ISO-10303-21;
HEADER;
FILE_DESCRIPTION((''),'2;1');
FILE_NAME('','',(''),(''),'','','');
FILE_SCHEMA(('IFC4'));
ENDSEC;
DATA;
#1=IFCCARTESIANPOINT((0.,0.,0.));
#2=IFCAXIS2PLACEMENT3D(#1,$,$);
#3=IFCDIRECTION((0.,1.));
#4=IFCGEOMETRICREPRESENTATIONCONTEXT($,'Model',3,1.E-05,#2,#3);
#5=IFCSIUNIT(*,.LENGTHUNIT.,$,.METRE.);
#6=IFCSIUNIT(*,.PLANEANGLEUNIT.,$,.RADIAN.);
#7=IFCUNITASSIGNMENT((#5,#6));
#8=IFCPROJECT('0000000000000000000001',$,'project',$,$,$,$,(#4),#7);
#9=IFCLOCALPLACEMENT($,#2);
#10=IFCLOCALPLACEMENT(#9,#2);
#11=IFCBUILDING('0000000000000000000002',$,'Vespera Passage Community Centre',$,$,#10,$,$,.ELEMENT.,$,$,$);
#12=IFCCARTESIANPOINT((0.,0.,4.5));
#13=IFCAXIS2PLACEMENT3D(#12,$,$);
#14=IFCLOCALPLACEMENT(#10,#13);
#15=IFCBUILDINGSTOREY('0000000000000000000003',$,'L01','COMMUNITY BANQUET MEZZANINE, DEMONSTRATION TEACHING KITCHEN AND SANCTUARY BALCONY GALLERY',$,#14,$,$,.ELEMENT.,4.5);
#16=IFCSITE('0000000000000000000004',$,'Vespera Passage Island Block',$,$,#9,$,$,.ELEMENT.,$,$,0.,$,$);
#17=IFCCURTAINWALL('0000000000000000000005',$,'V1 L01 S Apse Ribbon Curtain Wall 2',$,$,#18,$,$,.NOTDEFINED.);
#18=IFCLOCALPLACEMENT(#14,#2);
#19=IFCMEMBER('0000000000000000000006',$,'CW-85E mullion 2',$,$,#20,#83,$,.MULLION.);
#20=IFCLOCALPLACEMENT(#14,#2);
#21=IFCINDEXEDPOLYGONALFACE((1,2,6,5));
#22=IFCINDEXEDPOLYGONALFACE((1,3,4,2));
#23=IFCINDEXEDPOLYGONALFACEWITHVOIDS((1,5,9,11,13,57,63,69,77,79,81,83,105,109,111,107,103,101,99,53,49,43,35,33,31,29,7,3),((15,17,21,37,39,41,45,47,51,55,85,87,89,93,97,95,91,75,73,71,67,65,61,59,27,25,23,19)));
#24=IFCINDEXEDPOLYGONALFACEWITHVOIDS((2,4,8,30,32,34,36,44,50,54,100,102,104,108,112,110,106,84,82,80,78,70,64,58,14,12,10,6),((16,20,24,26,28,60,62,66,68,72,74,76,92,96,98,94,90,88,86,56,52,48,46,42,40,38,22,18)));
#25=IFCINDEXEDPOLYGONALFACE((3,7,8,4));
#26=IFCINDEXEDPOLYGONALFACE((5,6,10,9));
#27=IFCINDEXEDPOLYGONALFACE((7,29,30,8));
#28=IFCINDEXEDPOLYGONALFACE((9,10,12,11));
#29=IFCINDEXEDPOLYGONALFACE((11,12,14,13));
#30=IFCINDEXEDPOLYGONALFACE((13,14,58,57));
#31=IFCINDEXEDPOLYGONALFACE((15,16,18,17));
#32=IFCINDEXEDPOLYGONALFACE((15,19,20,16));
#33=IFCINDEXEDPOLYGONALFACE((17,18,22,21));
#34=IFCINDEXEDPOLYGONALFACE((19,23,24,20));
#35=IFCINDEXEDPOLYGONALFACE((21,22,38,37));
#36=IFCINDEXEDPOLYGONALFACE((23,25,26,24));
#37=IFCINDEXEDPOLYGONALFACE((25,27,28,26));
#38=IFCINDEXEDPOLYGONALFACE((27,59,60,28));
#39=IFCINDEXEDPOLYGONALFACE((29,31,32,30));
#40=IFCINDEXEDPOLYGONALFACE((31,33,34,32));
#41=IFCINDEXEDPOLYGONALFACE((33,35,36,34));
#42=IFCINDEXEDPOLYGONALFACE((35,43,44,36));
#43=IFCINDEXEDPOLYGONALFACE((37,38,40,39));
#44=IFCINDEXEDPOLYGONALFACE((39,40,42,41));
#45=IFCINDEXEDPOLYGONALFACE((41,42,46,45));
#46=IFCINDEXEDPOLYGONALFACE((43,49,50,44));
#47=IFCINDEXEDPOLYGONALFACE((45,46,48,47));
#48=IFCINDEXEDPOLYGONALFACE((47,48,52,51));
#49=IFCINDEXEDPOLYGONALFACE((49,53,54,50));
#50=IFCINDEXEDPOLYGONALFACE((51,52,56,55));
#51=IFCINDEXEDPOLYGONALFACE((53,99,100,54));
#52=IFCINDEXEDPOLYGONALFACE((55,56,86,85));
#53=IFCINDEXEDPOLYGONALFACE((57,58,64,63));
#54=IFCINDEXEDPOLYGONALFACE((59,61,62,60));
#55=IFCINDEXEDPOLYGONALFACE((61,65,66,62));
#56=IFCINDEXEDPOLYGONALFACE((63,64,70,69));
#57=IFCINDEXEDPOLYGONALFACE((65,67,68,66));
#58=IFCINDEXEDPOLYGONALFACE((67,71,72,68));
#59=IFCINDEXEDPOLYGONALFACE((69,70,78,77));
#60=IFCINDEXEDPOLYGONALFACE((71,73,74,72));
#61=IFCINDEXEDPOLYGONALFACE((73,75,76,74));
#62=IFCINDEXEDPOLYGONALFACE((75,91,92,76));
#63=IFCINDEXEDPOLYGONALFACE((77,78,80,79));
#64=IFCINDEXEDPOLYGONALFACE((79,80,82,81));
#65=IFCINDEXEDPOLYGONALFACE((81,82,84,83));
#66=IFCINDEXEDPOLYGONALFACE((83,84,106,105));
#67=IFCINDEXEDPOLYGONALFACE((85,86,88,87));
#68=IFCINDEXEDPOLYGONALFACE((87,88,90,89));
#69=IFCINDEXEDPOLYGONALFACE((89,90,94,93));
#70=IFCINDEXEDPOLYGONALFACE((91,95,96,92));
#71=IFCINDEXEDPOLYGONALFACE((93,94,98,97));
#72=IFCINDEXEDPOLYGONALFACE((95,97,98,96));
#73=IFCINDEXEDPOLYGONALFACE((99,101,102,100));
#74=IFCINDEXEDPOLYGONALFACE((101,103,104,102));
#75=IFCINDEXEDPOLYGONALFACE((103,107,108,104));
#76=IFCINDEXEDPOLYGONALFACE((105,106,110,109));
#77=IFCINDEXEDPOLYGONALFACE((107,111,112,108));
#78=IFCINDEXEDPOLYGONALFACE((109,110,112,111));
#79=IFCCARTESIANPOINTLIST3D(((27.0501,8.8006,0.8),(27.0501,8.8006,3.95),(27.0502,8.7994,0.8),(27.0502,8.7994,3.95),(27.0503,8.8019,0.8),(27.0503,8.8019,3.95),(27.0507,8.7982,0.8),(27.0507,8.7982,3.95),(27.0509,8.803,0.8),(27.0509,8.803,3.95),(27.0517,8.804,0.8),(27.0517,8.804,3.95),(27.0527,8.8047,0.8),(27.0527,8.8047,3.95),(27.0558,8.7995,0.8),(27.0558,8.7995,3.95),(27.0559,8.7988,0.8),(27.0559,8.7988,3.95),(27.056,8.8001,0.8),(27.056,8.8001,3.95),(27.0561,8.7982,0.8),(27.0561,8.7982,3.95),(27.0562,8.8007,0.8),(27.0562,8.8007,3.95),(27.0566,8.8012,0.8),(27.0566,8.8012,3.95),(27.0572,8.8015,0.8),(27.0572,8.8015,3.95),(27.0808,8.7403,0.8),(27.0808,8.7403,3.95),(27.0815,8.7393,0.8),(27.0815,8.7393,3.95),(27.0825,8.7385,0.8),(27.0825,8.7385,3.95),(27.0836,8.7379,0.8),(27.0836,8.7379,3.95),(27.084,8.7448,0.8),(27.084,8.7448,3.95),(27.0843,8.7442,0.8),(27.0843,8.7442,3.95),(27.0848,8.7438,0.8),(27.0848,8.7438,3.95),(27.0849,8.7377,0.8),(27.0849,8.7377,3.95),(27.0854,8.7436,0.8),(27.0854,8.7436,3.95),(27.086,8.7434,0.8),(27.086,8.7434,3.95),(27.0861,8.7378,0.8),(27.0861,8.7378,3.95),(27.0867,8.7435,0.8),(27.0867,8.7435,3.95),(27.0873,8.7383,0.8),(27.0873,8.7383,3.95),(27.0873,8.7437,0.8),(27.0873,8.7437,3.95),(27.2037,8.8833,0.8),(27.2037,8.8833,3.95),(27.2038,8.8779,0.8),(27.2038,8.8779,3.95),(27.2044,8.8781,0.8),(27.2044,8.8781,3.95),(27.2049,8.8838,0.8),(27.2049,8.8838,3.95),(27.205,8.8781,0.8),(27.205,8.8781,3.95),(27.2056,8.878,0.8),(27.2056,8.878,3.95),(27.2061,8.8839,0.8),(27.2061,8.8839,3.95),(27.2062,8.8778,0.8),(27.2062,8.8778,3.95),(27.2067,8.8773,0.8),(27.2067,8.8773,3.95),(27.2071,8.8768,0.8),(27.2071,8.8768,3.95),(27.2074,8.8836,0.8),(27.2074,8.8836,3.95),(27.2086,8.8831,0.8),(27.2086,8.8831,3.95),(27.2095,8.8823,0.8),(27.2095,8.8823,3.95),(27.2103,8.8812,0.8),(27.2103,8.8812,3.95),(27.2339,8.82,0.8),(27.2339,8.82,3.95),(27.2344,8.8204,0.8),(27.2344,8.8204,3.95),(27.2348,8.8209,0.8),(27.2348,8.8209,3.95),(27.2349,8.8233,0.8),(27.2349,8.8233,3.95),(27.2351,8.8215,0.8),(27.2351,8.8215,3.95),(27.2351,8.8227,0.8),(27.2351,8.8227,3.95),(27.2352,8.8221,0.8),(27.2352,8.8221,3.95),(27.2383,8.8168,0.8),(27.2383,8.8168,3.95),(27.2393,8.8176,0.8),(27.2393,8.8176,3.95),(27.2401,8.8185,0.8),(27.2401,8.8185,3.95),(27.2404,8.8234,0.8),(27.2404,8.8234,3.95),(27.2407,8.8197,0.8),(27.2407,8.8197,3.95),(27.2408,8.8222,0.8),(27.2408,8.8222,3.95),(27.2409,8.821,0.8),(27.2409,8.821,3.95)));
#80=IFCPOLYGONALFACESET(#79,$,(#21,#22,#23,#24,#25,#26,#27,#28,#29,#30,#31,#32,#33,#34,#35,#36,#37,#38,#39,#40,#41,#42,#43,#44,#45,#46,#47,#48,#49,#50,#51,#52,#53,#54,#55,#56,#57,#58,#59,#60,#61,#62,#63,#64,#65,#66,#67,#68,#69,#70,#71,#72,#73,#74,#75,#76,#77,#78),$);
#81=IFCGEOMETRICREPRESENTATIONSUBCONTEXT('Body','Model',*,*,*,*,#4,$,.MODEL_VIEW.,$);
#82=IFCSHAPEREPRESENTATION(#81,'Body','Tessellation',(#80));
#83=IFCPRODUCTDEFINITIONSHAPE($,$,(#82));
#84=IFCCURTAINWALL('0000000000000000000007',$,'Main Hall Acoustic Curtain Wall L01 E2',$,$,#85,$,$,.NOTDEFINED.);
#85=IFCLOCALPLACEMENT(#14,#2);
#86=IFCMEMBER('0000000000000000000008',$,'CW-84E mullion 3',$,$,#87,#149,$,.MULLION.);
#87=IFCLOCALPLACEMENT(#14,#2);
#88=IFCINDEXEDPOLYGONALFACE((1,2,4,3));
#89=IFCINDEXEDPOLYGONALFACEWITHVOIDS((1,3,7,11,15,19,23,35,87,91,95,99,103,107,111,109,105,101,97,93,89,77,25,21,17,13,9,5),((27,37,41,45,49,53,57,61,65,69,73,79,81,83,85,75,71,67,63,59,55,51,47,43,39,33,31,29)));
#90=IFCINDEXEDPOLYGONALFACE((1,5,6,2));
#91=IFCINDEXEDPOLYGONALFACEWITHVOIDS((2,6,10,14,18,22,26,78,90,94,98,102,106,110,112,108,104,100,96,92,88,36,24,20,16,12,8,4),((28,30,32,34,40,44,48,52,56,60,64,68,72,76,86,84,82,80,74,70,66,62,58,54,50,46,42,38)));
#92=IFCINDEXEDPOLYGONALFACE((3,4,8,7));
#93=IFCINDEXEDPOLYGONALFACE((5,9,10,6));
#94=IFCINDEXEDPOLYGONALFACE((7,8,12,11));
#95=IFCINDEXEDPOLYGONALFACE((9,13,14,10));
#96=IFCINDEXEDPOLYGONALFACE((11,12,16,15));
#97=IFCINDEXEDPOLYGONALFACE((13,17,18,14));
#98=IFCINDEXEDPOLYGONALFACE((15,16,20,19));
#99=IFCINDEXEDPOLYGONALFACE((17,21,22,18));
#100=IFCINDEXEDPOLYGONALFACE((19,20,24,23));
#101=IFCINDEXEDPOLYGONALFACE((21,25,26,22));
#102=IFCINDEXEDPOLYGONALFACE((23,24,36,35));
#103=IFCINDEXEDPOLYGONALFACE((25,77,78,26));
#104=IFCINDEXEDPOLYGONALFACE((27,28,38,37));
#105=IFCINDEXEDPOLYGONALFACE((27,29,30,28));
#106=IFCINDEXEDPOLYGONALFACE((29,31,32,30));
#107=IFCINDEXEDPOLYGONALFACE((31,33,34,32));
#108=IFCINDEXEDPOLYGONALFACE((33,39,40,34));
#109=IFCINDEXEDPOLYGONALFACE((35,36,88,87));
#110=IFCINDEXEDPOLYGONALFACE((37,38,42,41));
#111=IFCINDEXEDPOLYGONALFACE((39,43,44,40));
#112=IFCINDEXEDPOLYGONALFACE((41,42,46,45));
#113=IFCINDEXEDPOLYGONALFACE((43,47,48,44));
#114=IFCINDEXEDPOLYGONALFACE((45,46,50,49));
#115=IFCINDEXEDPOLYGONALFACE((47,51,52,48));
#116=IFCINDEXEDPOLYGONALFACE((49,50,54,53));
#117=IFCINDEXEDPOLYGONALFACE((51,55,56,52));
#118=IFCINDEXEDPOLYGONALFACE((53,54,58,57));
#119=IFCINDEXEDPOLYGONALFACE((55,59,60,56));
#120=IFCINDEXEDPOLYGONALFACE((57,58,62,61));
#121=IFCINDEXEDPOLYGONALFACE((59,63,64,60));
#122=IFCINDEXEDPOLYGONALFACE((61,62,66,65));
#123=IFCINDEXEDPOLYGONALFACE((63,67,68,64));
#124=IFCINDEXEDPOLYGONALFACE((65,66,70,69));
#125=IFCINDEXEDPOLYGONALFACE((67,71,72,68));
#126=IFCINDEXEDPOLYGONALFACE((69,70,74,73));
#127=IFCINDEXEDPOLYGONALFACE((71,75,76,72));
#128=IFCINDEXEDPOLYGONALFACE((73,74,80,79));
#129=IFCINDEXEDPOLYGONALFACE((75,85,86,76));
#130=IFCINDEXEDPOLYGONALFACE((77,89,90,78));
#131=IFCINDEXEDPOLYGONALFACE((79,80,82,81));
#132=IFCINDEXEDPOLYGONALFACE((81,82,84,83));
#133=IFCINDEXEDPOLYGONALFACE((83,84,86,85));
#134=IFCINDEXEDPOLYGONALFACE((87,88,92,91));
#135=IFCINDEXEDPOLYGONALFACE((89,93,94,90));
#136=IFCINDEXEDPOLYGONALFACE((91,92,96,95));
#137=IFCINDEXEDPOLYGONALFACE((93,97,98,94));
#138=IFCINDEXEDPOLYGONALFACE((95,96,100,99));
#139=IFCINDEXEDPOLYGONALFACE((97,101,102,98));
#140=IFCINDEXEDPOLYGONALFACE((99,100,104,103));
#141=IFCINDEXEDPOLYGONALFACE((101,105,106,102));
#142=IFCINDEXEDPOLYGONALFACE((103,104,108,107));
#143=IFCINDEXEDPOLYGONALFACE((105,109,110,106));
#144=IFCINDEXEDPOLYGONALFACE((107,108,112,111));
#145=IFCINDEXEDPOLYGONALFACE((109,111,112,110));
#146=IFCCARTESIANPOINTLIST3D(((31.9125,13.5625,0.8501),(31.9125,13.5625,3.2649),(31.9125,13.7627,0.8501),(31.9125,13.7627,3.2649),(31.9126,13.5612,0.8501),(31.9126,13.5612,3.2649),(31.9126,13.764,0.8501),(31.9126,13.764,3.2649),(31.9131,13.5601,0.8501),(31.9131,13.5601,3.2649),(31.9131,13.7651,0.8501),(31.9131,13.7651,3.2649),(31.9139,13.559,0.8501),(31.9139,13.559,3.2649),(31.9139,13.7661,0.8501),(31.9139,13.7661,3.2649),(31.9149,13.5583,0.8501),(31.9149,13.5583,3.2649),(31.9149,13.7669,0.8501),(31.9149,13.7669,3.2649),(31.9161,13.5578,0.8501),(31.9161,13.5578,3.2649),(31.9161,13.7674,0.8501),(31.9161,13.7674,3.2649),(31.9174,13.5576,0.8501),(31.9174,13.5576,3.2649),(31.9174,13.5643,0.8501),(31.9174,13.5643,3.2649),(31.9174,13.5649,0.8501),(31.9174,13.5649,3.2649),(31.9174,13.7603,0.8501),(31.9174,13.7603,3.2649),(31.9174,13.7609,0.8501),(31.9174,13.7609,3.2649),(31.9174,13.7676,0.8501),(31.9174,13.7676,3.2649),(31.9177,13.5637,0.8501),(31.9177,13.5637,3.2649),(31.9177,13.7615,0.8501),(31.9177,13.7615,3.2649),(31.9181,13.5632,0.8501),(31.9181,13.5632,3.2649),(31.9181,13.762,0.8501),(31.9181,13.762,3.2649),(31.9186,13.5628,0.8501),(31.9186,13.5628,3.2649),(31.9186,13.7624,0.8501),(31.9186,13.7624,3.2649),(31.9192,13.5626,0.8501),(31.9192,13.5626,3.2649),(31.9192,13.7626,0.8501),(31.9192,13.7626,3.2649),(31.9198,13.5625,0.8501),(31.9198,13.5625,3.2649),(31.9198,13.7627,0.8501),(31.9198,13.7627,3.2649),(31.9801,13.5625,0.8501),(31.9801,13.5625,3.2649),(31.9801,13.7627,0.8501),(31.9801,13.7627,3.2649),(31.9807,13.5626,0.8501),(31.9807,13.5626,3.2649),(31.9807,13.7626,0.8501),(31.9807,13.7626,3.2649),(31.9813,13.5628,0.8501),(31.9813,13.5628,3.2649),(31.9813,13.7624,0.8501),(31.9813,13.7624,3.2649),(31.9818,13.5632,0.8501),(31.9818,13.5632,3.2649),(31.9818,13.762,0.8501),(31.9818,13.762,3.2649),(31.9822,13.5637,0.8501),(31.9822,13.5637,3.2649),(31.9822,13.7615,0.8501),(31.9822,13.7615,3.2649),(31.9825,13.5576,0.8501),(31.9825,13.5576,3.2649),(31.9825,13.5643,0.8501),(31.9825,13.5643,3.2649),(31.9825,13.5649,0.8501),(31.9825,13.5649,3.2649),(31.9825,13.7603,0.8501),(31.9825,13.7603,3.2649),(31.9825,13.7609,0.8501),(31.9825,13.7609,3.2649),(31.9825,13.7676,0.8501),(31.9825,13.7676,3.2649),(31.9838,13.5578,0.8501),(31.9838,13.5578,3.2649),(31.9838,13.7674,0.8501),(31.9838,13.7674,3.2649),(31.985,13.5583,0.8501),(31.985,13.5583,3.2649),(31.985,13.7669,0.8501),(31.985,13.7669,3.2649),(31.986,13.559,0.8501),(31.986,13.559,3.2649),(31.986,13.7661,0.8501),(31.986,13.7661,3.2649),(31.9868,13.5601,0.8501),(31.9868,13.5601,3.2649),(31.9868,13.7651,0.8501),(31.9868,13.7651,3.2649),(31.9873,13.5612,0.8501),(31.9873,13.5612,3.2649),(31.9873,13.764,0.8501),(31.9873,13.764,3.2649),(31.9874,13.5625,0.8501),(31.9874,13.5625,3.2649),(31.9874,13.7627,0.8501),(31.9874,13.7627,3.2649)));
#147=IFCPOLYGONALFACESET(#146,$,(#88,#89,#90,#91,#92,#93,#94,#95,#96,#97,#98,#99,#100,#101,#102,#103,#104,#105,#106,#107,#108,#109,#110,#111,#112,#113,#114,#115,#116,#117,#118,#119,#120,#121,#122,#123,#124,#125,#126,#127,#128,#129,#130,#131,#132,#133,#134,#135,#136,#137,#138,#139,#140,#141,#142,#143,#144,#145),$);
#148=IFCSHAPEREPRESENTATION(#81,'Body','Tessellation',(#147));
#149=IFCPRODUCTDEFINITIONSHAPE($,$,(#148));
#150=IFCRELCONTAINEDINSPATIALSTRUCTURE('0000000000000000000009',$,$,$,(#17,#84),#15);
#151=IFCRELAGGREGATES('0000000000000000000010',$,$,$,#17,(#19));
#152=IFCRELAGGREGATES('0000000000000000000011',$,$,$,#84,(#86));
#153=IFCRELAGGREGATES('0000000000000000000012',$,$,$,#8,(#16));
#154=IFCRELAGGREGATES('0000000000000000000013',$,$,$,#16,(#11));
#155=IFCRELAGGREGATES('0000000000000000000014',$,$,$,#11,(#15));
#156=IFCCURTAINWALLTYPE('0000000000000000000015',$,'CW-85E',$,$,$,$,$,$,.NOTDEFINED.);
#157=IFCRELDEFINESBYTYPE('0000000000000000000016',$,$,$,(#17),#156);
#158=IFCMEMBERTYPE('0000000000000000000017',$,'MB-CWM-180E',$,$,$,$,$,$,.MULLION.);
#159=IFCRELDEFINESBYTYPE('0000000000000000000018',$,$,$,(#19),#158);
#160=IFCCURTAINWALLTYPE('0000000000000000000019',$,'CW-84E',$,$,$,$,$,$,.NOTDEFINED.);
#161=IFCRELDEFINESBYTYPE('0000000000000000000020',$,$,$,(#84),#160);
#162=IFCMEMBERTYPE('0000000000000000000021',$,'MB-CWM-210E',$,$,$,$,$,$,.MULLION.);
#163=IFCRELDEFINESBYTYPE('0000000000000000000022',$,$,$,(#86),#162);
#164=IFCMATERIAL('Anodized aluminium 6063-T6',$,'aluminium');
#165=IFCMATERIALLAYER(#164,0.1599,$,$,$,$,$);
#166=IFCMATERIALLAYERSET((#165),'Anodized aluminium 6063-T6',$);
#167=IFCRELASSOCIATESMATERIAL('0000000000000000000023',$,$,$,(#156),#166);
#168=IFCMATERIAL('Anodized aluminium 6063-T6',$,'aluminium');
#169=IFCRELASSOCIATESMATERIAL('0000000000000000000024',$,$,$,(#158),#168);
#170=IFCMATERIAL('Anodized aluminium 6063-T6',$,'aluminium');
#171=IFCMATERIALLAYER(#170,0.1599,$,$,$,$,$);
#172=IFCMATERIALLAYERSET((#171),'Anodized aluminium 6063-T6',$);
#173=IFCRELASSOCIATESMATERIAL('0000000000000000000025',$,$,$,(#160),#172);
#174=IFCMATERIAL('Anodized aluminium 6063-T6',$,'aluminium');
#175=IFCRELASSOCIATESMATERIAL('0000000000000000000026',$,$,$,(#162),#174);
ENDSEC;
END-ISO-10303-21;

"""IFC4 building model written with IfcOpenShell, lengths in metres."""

from ifc_helpers import new_model, si_unit, direction, frame, origin, origin_2d, place, context, subcontext, project, spatial, hollow_rectangle, extrude, material, layer, layer_set, material_profile, profile_set, type_object, element, aggregate, save


model = new_model("IFC4")

# Units and contexts
model_context = context("Model", 3, precision=1e-05, world=origin(), true_north=direction((0.0, 1.0)))
body_context = subcontext(model_context, "Body", "Model", "MODEL_VIEW")
ifc_project = project(units=[si_unit("LENGTHUNIT", "METRE"), si_unit("PLANEANGLEUNIT", "RADIAN")], contexts=[model_context])

# Site, building, storey
site_placement = place(None, origin())
site = spatial("IfcSite", under=ifc_project, at=site_placement, Name="Vespera Passage Island Block", CompositionType="ELEMENT", RefElevation=0.0)
building_placement = place(site_placement, origin())
building = spatial("IfcBuilding", under=site, at=building_placement, Name="Vespera Passage Community Centre", CompositionType="ELEMENT")
storey_placement = place(building_placement, frame((0.0, 0.0, 4.5)))
storey = spatial("IfcBuildingStorey", under=building, at=storey_placement, Name="L01", Description="COMMUNITY BANQUET MEZZANINE, DEMONSTRATION TEACHING KITCHEN AND SANCTUARY BALCONY GALLERY", CompositionType="ELEMENT", Elevation=4.5)

# Curtain wall, member
ifc_material_1 = material(Name="Anodized aluminium 6063-T6", Category="aluminium")
ifc_layer_1 = layer(ifc_material_1, 0.1599)
ifc_layer_set_1 = layer_set([ifc_layer_1], Name="Anodized aluminium 6063-T6")
curtain_wall_type_1 = type_object("IfcCurtainWallType", Name="CW-85E", PredefinedType="NOTDEFINED", material=ifc_layer_set_1)
curtain_wall_1_placement = place(storey_placement, origin())
curtain_wall_1 = element("IfcCurtainWall", 1, at=curtain_wall_1_placement, inside=storey, type_object=curtain_wall_type_1, Name="V1 L01 S Apse Ribbon Curtain Wall 2", PredefinedType="NOTDEFINED")
ifc_material_2 = material(Name="Anodized aluminium 6063-T6", Category="aluminium")
ifc_material_profile_1 = material_profile(ifc_material_2, hollow_rectangle(XDim=0.075, YDim=0.1799, WallThickness=0.0049, InnerFilletRadius=0.0024, OuterFilletRadius=0.0049, at=origin_2d()), Name="ALU180X75X5")
ifc_profile_set_1 = profile_set([ifc_material_profile_1], Name="Anodized aluminium 6063-T6")
member_type_1 = type_object("IfcMemberType", Name="MB-CWM-180E", PredefinedType="MULLION", material=ifc_profile_set_1)
member_1_placement = place(storey_placement, frame((27.1455, 8.8108, 0.8), z_axis=(0.0, 0.0, 1.0), x_axis=(0.461745, -0.887013, 0.0)))
member_1 = element("IfcMember", 2, at=member_1_placement, type_object=member_type_1, Name="CW-85E mullion 2", PredefinedType="MULLION", context=body_context, shape_type="SweptSolid", body=[
    extrude(hollow_rectangle(XDim=0.075, YDim=0.1799, WallThickness=0.0049, InnerFilletRadius=0.0024, OuterFilletRadius=0.0049, at=origin_2d()), origin(), (0.0, 0.0, 1.0), 3.1499),
])

# Curtain wall, member
ifc_material_3 = material(Name="Anodized aluminium 6063-T6", Category="aluminium")
ifc_layer_2 = layer(ifc_material_3, 0.1599)
ifc_layer_set_2 = layer_set([ifc_layer_2], Name="Anodized aluminium 6063-T6")
curtain_wall_type_2 = type_object("IfcCurtainWallType", Name="CW-84E", PredefinedType="NOTDEFINED", material=ifc_layer_set_2)
curtain_wall_2_placement = place(storey_placement, origin())
curtain_wall_2 = element("IfcCurtainWall", 3, at=curtain_wall_2_placement, inside=storey, type_object=curtain_wall_type_2, Name="Main Hall Acoustic Curtain Wall L01 E2", PredefinedType="NOTDEFINED")
ifc_material_4 = material(Name="Anodized aluminium 6063-T6", Category="aluminium")
ifc_material_profile_2 = material_profile(ifc_material_4, hollow_rectangle(XDim=0.075, YDim=0.21, WallThickness=0.0049, InnerFilletRadius=0.0024, OuterFilletRadius=0.0049, at=origin_2d()), Name="ALU210X75X5")
ifc_profile_set_2 = profile_set([ifc_material_profile_2], Name="Anodized aluminium 6063-T6")
member_type_2 = type_object("IfcMemberType", Name="MB-CWM-210E", PredefinedType="MULLION", material=ifc_profile_set_2)
member_2_placement = place(storey_placement, frame((31.95, 13.6626, 0.8501), z_axis=(0.0, 0.0, 1.0), x_axis=(1.0, 0.0, 0.0)))
member_2 = element("IfcMember", 4, at=member_2_placement, type_object=member_type_2, Name="CW-84E mullion 3", PredefinedType="MULLION", context=body_context, shape_type="SweptSolid", body=[
    extrude(hollow_rectangle(XDim=0.075, YDim=0.21, WallThickness=0.0049, InnerFilletRadius=0.0024, OuterFilletRadius=0.0049, at=origin_2d()), origin(), (0.0, 0.0, 1.0), 2.4148),
])

aggregate(curtain_wall_1, [member_1])
aggregate(curtain_wall_2, [member_2])

save(model, "model.ifc")
